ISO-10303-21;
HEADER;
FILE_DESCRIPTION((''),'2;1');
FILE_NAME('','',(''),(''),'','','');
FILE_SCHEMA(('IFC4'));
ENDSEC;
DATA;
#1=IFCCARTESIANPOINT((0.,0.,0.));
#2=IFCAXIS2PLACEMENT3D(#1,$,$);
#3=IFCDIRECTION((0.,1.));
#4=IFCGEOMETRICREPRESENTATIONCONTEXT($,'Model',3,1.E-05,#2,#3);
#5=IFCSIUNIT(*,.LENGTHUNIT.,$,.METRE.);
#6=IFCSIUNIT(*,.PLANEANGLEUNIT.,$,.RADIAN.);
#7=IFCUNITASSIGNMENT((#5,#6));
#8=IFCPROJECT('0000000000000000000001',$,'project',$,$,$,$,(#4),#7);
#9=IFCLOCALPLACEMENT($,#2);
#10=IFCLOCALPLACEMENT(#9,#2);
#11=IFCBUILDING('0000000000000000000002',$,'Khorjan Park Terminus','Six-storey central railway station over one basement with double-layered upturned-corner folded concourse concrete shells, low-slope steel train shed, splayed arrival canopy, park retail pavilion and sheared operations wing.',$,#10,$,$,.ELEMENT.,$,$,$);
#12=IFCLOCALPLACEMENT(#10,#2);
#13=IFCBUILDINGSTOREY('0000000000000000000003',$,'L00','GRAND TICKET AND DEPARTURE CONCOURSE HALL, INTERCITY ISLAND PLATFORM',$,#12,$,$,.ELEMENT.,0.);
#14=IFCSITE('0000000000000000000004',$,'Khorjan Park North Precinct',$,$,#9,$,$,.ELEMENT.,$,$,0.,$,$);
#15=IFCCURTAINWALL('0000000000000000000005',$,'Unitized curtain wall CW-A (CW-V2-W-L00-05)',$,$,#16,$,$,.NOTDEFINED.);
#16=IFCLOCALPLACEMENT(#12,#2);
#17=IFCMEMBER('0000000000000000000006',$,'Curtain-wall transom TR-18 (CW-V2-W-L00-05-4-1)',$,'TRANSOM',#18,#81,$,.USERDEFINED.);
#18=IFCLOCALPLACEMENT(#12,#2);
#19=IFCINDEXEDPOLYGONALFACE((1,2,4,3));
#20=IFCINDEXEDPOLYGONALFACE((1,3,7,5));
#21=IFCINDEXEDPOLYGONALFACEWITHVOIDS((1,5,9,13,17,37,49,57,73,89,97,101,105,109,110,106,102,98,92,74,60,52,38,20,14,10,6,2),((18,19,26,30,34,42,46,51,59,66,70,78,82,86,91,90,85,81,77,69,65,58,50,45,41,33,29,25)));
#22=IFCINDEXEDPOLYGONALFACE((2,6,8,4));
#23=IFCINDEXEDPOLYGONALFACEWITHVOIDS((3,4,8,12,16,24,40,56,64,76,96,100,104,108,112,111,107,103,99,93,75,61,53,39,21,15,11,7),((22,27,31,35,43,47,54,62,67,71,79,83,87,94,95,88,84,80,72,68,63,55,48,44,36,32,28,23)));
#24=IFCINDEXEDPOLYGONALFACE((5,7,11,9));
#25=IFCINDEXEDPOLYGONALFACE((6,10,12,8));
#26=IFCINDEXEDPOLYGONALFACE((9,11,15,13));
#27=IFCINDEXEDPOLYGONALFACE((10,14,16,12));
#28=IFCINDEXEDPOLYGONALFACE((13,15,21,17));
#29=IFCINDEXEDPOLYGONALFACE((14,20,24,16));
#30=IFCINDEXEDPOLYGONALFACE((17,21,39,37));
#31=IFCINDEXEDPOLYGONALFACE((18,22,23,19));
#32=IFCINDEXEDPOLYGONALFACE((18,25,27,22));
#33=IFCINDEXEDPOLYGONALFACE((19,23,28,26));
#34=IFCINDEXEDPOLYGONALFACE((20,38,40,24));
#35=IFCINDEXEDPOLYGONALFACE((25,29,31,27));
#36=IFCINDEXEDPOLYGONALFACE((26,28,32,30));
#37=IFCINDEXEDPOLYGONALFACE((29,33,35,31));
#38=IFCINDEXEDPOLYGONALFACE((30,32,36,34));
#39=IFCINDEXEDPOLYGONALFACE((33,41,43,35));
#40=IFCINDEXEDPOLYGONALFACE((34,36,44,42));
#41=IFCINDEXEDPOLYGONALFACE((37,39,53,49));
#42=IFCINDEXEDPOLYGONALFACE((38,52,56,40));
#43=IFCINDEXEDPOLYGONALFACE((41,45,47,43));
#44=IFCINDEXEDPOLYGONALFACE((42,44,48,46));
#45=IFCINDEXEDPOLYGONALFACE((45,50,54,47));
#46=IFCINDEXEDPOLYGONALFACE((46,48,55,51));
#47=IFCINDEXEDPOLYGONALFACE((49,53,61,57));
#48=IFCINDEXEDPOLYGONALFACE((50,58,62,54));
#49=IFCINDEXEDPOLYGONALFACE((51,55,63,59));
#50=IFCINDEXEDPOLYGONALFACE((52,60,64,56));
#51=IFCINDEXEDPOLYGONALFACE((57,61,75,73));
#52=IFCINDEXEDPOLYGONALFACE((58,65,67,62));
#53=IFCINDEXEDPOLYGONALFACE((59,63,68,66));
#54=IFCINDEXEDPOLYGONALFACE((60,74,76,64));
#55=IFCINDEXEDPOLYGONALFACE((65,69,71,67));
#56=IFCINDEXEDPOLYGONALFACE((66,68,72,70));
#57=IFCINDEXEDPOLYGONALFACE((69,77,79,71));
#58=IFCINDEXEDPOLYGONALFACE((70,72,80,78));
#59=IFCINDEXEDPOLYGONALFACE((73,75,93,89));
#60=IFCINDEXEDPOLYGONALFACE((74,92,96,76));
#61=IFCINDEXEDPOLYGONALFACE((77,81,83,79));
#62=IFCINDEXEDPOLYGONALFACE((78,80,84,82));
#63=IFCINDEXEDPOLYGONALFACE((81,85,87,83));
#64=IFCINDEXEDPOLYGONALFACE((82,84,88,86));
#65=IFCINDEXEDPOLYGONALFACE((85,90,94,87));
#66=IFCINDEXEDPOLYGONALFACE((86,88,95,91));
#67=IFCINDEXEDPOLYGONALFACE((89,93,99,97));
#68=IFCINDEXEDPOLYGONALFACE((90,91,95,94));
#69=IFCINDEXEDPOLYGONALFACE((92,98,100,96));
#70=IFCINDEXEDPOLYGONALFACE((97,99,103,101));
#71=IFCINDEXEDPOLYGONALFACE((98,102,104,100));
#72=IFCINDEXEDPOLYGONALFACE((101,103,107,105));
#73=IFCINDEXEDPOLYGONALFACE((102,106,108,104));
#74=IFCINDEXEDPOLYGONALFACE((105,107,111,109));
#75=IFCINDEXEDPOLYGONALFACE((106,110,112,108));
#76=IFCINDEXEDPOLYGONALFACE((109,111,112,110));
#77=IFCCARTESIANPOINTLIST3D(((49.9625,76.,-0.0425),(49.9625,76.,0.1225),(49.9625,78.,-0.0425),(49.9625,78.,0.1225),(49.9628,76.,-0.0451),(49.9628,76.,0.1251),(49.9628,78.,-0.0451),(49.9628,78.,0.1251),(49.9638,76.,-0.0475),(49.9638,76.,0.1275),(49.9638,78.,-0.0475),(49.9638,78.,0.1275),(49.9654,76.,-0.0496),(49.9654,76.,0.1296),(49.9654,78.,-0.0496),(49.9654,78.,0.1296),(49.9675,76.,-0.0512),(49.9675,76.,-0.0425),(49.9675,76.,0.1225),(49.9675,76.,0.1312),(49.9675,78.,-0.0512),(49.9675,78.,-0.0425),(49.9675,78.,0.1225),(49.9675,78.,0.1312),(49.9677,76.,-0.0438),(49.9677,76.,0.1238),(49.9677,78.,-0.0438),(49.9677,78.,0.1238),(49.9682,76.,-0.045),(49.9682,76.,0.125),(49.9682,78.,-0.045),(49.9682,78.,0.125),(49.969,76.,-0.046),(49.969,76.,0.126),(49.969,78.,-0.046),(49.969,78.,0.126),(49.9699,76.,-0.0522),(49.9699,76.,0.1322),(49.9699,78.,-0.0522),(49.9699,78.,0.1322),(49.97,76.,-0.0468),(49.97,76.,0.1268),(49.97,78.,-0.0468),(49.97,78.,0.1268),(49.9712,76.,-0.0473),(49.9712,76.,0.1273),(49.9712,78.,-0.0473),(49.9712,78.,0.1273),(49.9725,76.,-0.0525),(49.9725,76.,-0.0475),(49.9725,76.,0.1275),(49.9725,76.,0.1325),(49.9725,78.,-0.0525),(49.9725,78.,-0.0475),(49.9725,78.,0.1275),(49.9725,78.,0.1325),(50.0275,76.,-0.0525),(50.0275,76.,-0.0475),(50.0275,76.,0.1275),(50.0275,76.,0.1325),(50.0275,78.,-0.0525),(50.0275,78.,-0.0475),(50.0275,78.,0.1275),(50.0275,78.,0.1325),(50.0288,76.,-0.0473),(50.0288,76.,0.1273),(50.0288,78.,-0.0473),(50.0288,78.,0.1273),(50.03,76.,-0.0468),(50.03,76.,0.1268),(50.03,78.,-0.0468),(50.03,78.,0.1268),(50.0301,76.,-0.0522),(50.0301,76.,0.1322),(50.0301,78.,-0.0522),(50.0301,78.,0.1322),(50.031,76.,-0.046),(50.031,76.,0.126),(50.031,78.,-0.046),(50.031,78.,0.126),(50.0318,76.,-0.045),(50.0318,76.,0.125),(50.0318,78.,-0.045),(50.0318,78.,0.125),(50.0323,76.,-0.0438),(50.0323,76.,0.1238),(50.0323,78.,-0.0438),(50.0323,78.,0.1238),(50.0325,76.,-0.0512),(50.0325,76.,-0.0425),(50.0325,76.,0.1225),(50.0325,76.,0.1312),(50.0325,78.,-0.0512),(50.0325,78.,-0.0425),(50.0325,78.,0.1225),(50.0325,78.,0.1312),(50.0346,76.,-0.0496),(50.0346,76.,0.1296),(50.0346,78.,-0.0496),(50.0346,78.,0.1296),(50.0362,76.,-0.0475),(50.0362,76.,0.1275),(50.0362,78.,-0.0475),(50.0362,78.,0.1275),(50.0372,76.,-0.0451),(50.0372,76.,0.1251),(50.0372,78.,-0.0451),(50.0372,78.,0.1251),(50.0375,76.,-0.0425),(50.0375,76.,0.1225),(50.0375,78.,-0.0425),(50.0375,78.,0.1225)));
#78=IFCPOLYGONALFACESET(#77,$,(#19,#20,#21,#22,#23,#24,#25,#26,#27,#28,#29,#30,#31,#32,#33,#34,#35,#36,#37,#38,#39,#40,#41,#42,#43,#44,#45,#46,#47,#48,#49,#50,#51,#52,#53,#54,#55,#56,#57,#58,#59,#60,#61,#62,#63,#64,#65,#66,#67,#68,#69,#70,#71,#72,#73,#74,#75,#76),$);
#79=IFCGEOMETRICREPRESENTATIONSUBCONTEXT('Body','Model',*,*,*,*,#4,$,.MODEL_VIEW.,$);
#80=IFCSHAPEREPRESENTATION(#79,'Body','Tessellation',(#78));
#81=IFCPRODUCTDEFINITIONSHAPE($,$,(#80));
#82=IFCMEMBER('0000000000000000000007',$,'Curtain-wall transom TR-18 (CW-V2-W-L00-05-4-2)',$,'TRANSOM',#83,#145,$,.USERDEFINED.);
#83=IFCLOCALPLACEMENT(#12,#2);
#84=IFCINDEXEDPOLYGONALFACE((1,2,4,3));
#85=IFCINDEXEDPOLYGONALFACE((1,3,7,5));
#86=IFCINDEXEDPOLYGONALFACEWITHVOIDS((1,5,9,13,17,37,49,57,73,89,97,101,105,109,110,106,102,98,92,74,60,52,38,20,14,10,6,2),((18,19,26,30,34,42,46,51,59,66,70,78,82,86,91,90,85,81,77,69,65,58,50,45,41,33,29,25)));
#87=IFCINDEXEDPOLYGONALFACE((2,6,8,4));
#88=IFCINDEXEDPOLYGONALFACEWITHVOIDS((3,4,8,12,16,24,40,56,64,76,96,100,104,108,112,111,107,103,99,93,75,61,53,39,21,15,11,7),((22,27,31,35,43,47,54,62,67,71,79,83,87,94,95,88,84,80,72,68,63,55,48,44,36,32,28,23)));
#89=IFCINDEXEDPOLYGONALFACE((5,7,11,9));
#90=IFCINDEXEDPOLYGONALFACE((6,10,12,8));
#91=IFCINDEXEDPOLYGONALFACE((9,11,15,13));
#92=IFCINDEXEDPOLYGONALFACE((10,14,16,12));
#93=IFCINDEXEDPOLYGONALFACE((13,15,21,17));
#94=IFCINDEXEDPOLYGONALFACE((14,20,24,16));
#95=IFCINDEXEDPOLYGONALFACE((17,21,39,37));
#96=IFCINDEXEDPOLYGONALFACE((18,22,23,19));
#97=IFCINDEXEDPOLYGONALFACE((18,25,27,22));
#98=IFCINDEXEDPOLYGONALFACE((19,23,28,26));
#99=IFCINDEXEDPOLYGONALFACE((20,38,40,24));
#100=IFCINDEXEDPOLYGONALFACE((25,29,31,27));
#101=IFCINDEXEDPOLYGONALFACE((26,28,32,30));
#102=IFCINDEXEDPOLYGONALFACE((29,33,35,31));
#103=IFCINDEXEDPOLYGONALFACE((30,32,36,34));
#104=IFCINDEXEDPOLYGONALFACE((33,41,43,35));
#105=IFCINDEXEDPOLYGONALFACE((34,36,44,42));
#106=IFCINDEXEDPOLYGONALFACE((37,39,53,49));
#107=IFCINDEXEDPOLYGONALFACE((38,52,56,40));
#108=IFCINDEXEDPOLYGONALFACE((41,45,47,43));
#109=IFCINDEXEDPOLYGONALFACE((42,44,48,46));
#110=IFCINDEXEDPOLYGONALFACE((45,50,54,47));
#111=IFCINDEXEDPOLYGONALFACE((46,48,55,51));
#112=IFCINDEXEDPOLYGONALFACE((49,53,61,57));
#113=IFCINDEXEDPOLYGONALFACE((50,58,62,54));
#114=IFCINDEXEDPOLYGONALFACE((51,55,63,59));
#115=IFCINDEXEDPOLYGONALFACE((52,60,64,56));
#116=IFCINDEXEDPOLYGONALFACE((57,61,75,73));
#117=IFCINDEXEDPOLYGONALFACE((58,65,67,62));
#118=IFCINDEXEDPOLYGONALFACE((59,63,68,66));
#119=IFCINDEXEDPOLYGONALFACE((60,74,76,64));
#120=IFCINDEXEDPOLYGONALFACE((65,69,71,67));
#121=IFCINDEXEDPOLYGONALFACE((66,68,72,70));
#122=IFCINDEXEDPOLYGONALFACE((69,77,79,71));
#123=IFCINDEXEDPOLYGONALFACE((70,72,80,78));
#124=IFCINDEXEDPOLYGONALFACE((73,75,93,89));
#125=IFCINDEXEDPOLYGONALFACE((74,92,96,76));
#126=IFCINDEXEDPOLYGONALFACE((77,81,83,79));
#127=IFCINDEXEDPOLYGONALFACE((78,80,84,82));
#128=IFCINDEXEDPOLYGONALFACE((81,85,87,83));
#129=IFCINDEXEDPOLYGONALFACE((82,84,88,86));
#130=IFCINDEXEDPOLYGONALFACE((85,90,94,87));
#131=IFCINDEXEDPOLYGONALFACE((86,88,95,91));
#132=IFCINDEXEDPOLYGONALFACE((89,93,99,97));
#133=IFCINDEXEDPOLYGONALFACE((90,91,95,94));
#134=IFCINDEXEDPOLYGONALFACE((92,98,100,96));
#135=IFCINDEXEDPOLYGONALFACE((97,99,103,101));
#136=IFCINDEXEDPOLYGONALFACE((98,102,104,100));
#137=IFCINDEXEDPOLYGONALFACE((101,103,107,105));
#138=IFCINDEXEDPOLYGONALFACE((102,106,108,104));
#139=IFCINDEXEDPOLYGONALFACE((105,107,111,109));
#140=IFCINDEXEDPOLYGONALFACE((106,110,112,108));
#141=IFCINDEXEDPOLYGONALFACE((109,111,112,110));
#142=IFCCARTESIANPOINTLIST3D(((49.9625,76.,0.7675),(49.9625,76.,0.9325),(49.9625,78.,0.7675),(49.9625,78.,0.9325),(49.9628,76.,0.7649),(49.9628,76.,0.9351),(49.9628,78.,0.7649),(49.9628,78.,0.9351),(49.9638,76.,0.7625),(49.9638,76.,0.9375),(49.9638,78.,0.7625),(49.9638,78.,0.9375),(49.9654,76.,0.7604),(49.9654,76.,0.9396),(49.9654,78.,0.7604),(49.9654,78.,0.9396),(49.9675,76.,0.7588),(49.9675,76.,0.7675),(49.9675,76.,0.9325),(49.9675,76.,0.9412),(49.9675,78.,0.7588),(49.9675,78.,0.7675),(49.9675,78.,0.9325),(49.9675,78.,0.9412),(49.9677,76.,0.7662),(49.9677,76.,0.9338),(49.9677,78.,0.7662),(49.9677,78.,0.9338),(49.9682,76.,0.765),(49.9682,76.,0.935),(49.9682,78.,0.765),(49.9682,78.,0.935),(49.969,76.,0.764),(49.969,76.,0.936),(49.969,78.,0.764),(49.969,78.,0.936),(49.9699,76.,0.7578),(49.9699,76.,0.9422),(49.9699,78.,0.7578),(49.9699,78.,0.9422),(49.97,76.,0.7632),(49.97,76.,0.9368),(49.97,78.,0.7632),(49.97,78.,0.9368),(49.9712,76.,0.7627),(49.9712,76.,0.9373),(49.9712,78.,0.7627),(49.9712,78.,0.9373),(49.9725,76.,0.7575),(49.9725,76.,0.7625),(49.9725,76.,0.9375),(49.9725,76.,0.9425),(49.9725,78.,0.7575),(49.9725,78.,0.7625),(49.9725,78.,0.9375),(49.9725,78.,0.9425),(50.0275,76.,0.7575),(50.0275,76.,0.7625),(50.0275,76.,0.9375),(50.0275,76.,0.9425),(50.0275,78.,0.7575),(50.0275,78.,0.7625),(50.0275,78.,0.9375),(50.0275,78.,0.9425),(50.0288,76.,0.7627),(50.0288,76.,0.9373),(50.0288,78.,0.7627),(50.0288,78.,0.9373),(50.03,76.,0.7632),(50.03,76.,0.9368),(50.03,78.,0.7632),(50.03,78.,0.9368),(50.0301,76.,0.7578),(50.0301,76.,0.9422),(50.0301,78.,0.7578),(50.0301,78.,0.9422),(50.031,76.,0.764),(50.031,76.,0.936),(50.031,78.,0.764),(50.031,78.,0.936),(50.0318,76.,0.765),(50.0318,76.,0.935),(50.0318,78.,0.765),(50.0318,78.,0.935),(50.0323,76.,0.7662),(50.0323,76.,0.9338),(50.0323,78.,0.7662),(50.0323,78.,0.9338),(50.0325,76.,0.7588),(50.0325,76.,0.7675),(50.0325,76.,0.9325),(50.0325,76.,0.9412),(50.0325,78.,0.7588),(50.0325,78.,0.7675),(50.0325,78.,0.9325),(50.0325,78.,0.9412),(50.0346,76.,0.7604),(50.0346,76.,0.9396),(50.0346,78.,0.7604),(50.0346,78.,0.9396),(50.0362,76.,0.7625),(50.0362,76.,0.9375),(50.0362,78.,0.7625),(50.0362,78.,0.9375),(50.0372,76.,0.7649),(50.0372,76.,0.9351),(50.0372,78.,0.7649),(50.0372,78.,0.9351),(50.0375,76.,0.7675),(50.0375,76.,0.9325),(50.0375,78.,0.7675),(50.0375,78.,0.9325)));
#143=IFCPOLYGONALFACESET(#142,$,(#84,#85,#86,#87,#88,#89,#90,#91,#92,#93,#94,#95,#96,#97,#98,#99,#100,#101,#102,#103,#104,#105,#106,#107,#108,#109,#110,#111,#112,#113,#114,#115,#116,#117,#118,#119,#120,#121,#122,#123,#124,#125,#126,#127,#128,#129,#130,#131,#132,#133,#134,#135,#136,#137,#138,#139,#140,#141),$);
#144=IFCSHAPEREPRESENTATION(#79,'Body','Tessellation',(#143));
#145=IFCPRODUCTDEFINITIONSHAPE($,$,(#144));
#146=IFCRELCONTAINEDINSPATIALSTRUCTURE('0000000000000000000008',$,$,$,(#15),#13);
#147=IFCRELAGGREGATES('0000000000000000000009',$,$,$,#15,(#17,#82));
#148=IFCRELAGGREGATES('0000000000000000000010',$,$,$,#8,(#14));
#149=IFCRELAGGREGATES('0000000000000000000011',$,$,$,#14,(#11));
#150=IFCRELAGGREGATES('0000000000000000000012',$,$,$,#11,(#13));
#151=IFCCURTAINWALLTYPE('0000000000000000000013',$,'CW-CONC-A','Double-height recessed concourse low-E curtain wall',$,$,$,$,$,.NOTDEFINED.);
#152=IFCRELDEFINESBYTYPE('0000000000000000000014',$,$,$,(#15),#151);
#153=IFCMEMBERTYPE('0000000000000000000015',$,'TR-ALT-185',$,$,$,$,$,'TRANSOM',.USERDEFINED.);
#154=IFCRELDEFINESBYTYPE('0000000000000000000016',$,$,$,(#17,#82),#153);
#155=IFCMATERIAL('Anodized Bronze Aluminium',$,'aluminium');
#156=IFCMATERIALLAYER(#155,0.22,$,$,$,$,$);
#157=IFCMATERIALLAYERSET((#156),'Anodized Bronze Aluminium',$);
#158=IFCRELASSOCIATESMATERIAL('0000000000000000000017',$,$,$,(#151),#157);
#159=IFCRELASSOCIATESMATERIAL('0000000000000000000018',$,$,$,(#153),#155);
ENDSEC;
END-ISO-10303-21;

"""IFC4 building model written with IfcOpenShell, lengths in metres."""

from ifc_helpers import new_model, si_unit, direction, frame, origin, origin_2d, place, context, subcontext, project, spatial, hollow_rectangle, extrude, material, layer, layer_set, material_profile, profile_set, type_object, element, aggregate, save


model = new_model("IFC4")

# Units and contexts
model_context = context("Model", 3, precision=1e-05, world=origin(), true_north=direction((0.0, 1.0)))
body_context = subcontext(model_context, "Body", "Model", "MODEL_VIEW")
ifc_project = project(units=[si_unit("LENGTHUNIT", "METRE"), si_unit("PLANEANGLEUNIT", "RADIAN")], contexts=[model_context])

# Site, building, storey
site_placement = place(None, origin())
site = spatial("IfcSite", under=ifc_project, at=site_placement, Name="Khorjan Park North Precinct", CompositionType="ELEMENT", RefElevation=0.0)
building_placement = place(site_placement, origin())
building = spatial("IfcBuilding", under=site, at=building_placement, Name="Khorjan Park Terminus", Description="Six-storey central railway station over one basement with double-layered upturned-corner folded concourse concrete shells, low-slope steel train shed, splayed arrival canopy, park retail pavilion and sheared operations wing.", CompositionType="ELEMENT")
storey_placement = place(building_placement, origin())
storey = spatial("IfcBuildingStorey", under=building, at=storey_placement, Name="L00", Description="GRAND TICKET AND DEPARTURE CONCOURSE HALL, INTERCITY ISLAND PLATFORM", CompositionType="ELEMENT", Elevation=0.0)

# Curtain wall, members
ifc_material_1 = material(Name="Anodized Bronze Aluminium", Category="aluminium")
ifc_layer_1 = layer(ifc_material_1, 0.22)
ifc_layer_set_1 = layer_set([ifc_layer_1], Name="Anodized Bronze Aluminium")
curtain_wall_type = type_object("IfcCurtainWallType", Name="CW-CONC-A", Description="Double-height recessed concourse low-E curtain wall", PredefinedType="NOTDEFINED", material=ifc_layer_set_1)
curtain_wall_placement = place(storey_placement, origin())
curtain_wall = element("IfcCurtainWall", 1, at=curtain_wall_placement, inside=storey, type_object=curtain_wall_type, Name="Unitized curtain wall CW-A (CW-V2-W-L00-05)", PredefinedType="NOTDEFINED")
ifc_material_profile_1 = material_profile(ifc_material_1, hollow_rectangle(XDim=0.075, YDim=0.185, WallThickness=0.005, InnerFilletRadius=0.005, OuterFilletRadius=0.01, at=origin_2d()), Name="ALT 75x185x5")
ifc_profile_set_1 = profile_set([ifc_material_profile_1], Name="Anodized Bronze Aluminium")
member_type_1 = type_object("IfcMemberType", Name="TR-ALT-185", ElementType="TRANSOM", PredefinedType="USERDEFINED", material=ifc_profile_set_1)
member_1_placement = place(storey_placement, frame((50.0, 78.0, 0.04), z_axis=(0.0, -1.0, 0.0), x_axis=(1.0, 0.0, 0.0)))
member_1 = element("IfcMember", 2, at=member_1_placement, type_object=member_type_1, Name="Curtain-wall transom TR-18 (CW-V2-W-L00-05-4-1)", ObjectType="TRANSOM", PredefinedType="USERDEFINED", context=body_context, shape_type="SweptSolid", body=[
    extrude(hollow_rectangle(XDim=0.075, YDim=0.185, WallThickness=0.005, InnerFilletRadius=0.005, OuterFilletRadius=0.01, at=origin_2d()), origin(), (0.0, 0.0, 1.0), 2.0),
])
member_2_placement = place(storey_placement, frame((50.0, 78.0, 0.85), z_axis=(0.0, -1.0, 0.0), x_axis=(1.0, 0.0, 0.0)))
member_2 = element("IfcMember", 3, at=member_2_placement, type_object=member_type_1, Name="Curtain-wall transom TR-18 (CW-V2-W-L00-05-4-2)", ObjectType="TRANSOM", PredefinedType="USERDEFINED", context=body_context, shape_type="SweptSolid", body=[
    extrude(hollow_rectangle(XDim=0.075, YDim=0.185, WallThickness=0.005, InnerFilletRadius=0.005, OuterFilletRadius=0.01, at=origin_2d()), origin(), (0.0, 0.0, 1.0), 2.0),
])
aggregate(curtain_wall, [member_1, member_2])

save(model, "model.ifc")
